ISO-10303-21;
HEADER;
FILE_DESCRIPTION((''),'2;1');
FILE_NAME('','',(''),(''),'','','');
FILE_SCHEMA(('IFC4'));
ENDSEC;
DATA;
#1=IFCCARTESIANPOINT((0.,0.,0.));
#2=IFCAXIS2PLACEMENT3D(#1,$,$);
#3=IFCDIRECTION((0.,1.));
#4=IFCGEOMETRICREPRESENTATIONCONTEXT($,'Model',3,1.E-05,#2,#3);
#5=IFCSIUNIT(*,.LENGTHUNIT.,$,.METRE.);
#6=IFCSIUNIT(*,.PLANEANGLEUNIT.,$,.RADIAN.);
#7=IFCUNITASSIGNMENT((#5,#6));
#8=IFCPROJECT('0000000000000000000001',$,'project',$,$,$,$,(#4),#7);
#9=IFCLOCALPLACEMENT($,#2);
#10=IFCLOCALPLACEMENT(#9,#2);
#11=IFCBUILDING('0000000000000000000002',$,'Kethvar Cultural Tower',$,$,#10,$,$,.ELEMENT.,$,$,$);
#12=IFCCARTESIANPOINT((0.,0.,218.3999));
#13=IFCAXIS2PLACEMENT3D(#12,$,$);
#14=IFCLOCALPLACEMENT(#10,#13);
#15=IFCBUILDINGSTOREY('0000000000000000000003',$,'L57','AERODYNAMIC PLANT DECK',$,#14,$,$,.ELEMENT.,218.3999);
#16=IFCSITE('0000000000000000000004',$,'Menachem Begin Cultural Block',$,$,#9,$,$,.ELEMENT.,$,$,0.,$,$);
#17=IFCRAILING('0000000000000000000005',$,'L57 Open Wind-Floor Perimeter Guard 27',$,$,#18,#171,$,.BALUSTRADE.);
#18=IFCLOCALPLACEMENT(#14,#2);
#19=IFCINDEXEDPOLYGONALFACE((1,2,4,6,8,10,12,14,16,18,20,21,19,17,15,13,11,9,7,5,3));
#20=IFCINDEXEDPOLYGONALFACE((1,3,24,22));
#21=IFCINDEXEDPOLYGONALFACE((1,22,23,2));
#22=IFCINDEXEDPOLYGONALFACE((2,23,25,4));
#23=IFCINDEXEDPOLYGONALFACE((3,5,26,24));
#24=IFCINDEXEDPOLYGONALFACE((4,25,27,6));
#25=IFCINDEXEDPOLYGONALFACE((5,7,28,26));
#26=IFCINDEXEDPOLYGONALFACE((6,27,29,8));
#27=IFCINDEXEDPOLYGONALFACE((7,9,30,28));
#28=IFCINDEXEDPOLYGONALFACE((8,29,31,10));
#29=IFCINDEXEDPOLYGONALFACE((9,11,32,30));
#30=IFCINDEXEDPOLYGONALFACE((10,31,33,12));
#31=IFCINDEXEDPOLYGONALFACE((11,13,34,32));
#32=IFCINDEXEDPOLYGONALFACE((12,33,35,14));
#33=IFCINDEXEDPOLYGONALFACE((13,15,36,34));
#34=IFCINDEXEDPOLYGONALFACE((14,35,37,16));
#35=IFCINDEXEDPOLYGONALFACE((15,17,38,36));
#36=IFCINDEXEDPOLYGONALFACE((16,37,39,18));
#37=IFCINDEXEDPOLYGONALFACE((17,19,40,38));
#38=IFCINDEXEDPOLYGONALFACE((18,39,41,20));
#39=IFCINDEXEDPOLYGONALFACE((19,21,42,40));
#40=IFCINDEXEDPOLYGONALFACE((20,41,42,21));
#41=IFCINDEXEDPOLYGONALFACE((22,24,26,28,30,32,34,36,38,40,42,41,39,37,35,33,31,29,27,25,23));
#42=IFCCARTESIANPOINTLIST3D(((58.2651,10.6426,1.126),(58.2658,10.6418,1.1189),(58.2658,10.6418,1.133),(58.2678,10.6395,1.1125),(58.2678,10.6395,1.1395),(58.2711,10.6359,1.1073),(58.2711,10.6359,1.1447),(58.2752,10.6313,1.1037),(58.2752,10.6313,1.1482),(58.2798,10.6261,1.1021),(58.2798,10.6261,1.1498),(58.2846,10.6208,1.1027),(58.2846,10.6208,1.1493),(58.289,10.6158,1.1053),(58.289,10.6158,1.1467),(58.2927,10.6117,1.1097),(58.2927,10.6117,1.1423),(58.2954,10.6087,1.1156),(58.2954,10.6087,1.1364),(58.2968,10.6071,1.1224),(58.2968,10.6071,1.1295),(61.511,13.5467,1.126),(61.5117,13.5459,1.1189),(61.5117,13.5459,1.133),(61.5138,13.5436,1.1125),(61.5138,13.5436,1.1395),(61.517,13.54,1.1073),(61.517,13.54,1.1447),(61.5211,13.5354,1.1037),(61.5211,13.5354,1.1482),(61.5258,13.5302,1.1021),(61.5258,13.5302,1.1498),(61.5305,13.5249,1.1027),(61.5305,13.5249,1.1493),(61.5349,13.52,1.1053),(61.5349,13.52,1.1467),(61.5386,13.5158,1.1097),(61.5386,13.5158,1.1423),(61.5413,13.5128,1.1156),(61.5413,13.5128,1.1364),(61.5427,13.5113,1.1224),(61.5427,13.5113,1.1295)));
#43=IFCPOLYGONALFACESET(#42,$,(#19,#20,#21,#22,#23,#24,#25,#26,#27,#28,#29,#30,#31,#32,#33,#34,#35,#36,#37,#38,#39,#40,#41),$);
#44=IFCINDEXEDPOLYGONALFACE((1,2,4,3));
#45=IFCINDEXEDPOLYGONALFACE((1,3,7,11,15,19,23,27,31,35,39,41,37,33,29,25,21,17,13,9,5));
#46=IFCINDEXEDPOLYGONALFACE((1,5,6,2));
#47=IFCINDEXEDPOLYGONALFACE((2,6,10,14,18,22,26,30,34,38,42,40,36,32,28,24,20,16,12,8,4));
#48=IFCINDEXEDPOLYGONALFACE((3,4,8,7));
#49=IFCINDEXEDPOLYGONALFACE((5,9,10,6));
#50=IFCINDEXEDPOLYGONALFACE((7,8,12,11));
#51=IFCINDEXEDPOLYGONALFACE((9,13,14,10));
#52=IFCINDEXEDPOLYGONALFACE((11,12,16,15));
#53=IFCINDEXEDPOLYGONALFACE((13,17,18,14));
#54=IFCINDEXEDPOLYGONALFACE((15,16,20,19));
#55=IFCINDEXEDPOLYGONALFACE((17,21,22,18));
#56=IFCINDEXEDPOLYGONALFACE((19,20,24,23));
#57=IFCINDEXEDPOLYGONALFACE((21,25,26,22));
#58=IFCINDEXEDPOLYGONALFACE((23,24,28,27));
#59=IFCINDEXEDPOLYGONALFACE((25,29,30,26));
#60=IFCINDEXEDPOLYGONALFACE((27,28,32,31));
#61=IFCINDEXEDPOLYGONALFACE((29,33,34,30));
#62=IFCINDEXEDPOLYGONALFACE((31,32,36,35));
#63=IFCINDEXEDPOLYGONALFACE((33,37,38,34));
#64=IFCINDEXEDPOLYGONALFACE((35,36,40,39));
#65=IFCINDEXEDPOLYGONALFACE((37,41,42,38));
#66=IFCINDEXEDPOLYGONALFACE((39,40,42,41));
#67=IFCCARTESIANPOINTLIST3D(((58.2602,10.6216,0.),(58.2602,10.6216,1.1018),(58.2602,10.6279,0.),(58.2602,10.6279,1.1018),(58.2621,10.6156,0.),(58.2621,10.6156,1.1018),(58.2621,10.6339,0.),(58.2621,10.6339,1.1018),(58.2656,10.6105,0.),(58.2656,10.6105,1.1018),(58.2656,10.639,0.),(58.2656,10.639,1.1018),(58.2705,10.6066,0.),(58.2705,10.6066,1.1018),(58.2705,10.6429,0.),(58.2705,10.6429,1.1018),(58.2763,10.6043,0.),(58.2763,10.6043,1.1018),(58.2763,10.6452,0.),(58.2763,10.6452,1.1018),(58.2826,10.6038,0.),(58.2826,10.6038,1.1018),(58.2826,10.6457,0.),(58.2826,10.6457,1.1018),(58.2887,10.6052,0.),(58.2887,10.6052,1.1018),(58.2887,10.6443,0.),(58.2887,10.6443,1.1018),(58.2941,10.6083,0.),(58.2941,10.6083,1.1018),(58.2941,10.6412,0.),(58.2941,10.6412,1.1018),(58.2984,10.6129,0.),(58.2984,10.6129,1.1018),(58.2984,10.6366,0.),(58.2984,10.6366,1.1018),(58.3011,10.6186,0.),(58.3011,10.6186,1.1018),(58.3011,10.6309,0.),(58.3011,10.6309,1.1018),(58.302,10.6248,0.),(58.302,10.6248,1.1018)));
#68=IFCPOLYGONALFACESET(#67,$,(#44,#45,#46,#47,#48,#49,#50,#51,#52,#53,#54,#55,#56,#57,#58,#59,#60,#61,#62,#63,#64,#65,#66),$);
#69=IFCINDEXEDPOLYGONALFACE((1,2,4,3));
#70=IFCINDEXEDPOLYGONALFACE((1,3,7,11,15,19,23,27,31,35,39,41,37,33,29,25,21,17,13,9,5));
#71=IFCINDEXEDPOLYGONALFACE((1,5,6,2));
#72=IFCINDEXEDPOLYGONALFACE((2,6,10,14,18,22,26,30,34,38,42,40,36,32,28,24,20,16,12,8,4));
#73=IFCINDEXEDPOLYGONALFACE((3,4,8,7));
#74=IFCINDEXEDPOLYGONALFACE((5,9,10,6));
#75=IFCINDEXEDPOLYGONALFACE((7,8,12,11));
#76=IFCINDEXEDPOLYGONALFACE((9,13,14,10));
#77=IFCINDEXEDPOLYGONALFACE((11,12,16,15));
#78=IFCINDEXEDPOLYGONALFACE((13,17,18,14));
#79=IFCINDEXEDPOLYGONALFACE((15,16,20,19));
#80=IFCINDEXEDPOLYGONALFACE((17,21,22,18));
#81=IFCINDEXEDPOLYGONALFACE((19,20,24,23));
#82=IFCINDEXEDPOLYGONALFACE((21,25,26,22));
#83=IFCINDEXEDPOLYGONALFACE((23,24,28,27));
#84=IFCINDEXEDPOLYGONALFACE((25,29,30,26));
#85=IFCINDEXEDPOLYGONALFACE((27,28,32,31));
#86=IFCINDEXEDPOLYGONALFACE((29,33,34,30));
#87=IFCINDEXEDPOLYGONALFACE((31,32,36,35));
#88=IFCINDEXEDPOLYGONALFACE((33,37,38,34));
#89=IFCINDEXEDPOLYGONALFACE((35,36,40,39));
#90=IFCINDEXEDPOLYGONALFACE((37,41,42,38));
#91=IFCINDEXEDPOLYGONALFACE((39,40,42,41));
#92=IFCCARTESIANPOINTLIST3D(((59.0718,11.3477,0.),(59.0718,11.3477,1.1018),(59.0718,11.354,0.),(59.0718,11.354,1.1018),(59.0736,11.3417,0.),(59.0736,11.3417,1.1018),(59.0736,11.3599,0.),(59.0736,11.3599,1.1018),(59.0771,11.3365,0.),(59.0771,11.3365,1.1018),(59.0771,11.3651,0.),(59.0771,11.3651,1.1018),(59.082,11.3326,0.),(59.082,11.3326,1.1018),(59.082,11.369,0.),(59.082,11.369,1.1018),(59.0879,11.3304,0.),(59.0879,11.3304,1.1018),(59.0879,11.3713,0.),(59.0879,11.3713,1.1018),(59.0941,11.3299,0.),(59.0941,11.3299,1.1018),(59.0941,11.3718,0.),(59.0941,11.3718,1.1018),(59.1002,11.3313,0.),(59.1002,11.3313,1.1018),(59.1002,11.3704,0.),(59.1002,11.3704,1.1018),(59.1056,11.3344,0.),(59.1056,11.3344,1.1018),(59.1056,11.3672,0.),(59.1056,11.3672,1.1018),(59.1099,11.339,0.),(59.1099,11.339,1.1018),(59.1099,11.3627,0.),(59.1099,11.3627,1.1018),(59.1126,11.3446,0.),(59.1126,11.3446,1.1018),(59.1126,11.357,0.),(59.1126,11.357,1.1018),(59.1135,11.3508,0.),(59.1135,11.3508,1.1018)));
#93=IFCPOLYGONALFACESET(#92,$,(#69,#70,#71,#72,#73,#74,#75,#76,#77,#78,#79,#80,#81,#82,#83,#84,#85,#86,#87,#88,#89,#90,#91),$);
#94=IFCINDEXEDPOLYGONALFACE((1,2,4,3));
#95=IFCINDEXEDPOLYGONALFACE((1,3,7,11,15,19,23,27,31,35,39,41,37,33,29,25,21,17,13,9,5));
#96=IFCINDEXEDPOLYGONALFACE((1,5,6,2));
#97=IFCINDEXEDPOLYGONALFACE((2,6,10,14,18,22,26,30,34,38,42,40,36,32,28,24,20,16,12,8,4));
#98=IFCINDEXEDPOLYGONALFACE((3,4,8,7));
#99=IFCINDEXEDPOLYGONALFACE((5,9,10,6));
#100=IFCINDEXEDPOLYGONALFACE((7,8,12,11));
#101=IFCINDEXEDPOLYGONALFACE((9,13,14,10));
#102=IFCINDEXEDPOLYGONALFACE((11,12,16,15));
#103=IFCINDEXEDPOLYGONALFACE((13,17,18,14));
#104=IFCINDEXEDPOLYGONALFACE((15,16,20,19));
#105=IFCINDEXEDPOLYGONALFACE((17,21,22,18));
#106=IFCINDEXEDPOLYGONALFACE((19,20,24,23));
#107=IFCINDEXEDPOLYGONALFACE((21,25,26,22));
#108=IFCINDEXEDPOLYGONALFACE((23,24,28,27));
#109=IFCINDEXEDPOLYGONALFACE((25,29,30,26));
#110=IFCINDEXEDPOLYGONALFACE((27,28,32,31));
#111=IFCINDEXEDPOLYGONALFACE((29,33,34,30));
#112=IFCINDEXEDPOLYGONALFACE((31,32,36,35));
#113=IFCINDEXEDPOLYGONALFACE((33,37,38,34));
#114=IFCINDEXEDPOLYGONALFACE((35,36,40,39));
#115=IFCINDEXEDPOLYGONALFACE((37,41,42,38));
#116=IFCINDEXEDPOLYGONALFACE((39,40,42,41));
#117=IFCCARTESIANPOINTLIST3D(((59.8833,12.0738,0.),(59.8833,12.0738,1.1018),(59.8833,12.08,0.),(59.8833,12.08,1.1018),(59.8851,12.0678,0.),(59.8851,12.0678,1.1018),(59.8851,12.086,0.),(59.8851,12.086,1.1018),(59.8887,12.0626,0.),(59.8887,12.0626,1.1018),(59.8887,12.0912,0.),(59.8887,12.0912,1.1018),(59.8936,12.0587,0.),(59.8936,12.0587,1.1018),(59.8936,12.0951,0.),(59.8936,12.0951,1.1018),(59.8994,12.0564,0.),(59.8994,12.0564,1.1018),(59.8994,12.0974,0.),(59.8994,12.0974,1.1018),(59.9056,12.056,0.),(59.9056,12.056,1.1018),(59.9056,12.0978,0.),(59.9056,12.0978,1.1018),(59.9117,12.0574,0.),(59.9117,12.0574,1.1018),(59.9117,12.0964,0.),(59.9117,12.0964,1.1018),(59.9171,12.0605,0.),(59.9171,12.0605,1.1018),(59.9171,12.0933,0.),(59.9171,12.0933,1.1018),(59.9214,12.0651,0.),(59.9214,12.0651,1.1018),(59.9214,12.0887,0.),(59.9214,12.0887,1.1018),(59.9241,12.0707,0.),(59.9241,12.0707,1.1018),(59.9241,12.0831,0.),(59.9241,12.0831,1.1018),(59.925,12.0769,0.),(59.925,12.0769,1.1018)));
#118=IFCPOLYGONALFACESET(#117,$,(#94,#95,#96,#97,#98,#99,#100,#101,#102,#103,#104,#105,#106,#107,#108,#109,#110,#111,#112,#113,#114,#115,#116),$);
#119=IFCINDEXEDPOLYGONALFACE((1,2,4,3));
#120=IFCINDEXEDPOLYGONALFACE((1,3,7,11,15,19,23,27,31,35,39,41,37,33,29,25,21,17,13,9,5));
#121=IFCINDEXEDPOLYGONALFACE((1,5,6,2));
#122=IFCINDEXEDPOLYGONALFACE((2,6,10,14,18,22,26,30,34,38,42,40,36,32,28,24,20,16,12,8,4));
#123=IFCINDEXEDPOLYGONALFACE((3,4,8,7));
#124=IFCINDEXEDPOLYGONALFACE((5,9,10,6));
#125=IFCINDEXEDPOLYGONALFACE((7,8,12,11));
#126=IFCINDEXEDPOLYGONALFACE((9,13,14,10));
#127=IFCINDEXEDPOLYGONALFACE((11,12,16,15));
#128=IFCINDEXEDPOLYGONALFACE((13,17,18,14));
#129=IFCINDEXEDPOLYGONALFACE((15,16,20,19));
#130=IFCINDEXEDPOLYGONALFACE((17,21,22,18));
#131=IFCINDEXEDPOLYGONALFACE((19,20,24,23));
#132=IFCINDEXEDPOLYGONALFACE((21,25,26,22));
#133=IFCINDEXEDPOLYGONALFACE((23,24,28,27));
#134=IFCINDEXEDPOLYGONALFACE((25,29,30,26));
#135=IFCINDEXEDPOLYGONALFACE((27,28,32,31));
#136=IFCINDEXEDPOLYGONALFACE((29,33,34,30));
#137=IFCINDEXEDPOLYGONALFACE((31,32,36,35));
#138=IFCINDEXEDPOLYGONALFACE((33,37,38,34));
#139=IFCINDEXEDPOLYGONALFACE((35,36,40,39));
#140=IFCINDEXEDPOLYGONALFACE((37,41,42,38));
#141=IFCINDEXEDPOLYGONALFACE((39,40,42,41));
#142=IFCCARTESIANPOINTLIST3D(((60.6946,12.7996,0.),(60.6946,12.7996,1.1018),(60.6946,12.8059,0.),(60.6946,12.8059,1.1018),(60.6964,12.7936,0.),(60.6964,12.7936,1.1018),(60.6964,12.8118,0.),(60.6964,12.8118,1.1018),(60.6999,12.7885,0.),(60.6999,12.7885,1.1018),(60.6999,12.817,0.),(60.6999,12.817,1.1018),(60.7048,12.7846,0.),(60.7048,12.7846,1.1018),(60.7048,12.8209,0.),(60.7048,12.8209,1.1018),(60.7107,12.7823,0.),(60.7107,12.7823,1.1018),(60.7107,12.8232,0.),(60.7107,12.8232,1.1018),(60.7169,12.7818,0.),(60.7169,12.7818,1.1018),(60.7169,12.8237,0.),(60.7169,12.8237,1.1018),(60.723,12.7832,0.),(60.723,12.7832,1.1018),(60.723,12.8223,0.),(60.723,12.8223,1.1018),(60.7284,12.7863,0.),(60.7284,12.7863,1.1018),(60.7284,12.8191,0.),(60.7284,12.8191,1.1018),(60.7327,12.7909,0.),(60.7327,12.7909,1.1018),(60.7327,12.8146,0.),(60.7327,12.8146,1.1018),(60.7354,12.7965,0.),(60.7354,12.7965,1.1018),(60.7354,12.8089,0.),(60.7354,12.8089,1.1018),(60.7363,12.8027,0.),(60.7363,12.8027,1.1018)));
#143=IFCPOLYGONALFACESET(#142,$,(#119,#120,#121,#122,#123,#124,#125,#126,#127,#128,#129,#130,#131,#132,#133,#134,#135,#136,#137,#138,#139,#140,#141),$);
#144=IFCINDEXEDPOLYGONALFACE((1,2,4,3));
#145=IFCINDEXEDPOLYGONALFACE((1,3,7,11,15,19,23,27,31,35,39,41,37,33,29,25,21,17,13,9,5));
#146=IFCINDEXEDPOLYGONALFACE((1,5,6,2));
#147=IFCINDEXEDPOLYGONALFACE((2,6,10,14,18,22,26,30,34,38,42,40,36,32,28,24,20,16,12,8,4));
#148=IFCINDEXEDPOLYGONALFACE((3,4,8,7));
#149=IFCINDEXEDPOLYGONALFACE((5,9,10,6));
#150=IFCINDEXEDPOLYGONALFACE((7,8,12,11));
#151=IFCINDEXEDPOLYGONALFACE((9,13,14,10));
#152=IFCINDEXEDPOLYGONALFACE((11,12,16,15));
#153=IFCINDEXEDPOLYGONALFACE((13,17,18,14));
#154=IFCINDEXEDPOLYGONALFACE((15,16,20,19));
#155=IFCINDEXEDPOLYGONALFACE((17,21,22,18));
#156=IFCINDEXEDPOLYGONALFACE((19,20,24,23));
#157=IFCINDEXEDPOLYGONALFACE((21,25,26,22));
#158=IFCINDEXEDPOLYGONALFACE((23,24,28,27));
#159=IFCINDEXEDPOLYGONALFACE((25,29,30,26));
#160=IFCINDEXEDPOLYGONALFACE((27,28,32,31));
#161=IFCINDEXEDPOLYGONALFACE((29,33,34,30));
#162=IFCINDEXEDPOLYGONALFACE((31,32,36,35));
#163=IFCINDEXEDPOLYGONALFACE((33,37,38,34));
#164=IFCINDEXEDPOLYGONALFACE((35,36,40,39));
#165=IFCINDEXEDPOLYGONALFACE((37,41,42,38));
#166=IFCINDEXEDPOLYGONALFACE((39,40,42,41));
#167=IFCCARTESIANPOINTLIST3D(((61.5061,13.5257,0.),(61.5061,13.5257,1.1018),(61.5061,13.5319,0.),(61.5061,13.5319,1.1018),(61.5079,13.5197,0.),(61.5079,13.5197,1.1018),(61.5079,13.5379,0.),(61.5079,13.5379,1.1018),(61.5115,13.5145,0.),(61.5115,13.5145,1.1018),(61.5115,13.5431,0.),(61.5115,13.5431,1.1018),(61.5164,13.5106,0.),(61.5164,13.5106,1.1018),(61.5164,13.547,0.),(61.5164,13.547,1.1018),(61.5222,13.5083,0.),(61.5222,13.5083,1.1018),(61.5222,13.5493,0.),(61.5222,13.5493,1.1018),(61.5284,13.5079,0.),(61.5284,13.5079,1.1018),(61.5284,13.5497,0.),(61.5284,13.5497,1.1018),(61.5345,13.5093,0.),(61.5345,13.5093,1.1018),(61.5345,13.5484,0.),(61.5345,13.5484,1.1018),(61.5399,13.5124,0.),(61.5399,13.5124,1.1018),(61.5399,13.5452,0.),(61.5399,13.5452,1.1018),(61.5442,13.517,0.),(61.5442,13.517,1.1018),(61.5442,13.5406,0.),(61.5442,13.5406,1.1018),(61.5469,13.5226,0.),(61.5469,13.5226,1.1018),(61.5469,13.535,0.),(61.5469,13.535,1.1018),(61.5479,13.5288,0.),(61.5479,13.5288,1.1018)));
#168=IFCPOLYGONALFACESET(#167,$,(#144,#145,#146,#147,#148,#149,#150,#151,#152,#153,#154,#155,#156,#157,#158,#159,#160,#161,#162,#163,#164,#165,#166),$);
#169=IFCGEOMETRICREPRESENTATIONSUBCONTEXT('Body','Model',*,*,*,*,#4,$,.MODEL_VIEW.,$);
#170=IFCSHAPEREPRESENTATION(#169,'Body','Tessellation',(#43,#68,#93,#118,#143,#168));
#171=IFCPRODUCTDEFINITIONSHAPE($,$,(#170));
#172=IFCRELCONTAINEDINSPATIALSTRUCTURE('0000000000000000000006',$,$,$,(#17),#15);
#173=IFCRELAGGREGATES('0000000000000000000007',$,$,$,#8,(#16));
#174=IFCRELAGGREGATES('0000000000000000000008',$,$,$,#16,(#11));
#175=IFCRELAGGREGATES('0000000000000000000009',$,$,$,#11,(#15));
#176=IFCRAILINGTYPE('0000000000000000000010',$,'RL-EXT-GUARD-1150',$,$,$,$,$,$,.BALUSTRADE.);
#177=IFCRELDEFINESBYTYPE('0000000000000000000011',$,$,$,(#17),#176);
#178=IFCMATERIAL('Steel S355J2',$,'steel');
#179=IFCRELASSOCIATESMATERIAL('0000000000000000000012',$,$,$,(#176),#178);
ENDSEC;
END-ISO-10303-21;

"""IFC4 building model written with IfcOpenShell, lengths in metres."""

from ifc_helpers import new_model, si_unit, direction, frame, origin, origin_2d, place, context, subcontext, project, spatial, circle, extrude, material, type_object, element, save


model = new_model("IFC4")

# Units and contexts
model_context = context("Model", 3, precision=1e-05, world=origin(), true_north=direction((0.0, 1.0)))
body_context = subcontext(model_context, "Body", "Model", "MODEL_VIEW")
ifc_project = project(units=[si_unit("LENGTHUNIT", "METRE"), si_unit("PLANEANGLEUNIT", "RADIAN")], contexts=[model_context])

# Site, building, storey
site_placement = place(None, origin())
site = spatial("IfcSite", under=ifc_project, at=site_placement, Name="Menachem Begin Cultural Block", CompositionType="ELEMENT", RefElevation=0.0)
building_placement = place(site_placement, origin())
building = spatial("IfcBuilding", under=site, at=building_placement, Name="Kethvar Cultural Tower", CompositionType="ELEMENT")
storey_placement = place(building_placement, frame((0.0, 0.0, 218.3999)))
storey = spatial("IfcBuildingStorey", under=building, at=storey_placement, Name="L57", Description="AERODYNAMIC PLANT DECK", CompositionType="ELEMENT", Elevation=218.3999)

# Shared definitions
ifc_material_1 = material(Name="Steel S355J2", Category="steel")

# Railing
railing_type_1 = type_object("IfcRailingType", Name="RL-EXT-GUARD-1150", PredefinedType="BALUSTRADE", material=ifc_material_1)
railing_1_placement = place(storey_placement, frame((58.281, 10.6248, 0.0)))
element("IfcRailing", 1, at=railing_1_placement, inside=storey, type_object=railing_type_1, Name="L57 Open Wind-Floor Perimeter Guard 27", PredefinedType="BALUSTRADE", context=body_context, shape_type="SweptSolid", body=[
    extrude(circle(Radius=0.0239, at=origin_2d()), frame((0.0, 0.0, 1.126), z_axis=(0.745256, 0.666778, 0.0), x_axis=(-0.666778, 0.745256, 0.0)), (0.0, 0.0, 1.0), 4.3555),
    extrude(circle(Radius=0.021, at=origin_2d()), origin(), (0.0, 0.0, 1.0), 1.1018),
    extrude(circle(Radius=0.021, at=origin_2d()), frame((0.8115, 0.7261, 0.0)), (0.0, 0.0, 1.0), 1.1018),
    extrude(circle(Radius=0.021, at=origin_2d()), frame((1.623, 1.4521, 0.0)), (0.0, 0.0, 1.0), 1.1018),
    extrude(circle(Radius=0.021, at=origin_2d()), frame((2.4343, 2.178, 0.0)), (0.0, 0.0, 1.0), 1.1018),
    extrude(circle(Radius=0.021, at=origin_2d()), frame((3.2458, 2.9041, 0.0)), (0.0, 0.0, 1.0), 1.1018),
])

save(model, "model.ifc")
